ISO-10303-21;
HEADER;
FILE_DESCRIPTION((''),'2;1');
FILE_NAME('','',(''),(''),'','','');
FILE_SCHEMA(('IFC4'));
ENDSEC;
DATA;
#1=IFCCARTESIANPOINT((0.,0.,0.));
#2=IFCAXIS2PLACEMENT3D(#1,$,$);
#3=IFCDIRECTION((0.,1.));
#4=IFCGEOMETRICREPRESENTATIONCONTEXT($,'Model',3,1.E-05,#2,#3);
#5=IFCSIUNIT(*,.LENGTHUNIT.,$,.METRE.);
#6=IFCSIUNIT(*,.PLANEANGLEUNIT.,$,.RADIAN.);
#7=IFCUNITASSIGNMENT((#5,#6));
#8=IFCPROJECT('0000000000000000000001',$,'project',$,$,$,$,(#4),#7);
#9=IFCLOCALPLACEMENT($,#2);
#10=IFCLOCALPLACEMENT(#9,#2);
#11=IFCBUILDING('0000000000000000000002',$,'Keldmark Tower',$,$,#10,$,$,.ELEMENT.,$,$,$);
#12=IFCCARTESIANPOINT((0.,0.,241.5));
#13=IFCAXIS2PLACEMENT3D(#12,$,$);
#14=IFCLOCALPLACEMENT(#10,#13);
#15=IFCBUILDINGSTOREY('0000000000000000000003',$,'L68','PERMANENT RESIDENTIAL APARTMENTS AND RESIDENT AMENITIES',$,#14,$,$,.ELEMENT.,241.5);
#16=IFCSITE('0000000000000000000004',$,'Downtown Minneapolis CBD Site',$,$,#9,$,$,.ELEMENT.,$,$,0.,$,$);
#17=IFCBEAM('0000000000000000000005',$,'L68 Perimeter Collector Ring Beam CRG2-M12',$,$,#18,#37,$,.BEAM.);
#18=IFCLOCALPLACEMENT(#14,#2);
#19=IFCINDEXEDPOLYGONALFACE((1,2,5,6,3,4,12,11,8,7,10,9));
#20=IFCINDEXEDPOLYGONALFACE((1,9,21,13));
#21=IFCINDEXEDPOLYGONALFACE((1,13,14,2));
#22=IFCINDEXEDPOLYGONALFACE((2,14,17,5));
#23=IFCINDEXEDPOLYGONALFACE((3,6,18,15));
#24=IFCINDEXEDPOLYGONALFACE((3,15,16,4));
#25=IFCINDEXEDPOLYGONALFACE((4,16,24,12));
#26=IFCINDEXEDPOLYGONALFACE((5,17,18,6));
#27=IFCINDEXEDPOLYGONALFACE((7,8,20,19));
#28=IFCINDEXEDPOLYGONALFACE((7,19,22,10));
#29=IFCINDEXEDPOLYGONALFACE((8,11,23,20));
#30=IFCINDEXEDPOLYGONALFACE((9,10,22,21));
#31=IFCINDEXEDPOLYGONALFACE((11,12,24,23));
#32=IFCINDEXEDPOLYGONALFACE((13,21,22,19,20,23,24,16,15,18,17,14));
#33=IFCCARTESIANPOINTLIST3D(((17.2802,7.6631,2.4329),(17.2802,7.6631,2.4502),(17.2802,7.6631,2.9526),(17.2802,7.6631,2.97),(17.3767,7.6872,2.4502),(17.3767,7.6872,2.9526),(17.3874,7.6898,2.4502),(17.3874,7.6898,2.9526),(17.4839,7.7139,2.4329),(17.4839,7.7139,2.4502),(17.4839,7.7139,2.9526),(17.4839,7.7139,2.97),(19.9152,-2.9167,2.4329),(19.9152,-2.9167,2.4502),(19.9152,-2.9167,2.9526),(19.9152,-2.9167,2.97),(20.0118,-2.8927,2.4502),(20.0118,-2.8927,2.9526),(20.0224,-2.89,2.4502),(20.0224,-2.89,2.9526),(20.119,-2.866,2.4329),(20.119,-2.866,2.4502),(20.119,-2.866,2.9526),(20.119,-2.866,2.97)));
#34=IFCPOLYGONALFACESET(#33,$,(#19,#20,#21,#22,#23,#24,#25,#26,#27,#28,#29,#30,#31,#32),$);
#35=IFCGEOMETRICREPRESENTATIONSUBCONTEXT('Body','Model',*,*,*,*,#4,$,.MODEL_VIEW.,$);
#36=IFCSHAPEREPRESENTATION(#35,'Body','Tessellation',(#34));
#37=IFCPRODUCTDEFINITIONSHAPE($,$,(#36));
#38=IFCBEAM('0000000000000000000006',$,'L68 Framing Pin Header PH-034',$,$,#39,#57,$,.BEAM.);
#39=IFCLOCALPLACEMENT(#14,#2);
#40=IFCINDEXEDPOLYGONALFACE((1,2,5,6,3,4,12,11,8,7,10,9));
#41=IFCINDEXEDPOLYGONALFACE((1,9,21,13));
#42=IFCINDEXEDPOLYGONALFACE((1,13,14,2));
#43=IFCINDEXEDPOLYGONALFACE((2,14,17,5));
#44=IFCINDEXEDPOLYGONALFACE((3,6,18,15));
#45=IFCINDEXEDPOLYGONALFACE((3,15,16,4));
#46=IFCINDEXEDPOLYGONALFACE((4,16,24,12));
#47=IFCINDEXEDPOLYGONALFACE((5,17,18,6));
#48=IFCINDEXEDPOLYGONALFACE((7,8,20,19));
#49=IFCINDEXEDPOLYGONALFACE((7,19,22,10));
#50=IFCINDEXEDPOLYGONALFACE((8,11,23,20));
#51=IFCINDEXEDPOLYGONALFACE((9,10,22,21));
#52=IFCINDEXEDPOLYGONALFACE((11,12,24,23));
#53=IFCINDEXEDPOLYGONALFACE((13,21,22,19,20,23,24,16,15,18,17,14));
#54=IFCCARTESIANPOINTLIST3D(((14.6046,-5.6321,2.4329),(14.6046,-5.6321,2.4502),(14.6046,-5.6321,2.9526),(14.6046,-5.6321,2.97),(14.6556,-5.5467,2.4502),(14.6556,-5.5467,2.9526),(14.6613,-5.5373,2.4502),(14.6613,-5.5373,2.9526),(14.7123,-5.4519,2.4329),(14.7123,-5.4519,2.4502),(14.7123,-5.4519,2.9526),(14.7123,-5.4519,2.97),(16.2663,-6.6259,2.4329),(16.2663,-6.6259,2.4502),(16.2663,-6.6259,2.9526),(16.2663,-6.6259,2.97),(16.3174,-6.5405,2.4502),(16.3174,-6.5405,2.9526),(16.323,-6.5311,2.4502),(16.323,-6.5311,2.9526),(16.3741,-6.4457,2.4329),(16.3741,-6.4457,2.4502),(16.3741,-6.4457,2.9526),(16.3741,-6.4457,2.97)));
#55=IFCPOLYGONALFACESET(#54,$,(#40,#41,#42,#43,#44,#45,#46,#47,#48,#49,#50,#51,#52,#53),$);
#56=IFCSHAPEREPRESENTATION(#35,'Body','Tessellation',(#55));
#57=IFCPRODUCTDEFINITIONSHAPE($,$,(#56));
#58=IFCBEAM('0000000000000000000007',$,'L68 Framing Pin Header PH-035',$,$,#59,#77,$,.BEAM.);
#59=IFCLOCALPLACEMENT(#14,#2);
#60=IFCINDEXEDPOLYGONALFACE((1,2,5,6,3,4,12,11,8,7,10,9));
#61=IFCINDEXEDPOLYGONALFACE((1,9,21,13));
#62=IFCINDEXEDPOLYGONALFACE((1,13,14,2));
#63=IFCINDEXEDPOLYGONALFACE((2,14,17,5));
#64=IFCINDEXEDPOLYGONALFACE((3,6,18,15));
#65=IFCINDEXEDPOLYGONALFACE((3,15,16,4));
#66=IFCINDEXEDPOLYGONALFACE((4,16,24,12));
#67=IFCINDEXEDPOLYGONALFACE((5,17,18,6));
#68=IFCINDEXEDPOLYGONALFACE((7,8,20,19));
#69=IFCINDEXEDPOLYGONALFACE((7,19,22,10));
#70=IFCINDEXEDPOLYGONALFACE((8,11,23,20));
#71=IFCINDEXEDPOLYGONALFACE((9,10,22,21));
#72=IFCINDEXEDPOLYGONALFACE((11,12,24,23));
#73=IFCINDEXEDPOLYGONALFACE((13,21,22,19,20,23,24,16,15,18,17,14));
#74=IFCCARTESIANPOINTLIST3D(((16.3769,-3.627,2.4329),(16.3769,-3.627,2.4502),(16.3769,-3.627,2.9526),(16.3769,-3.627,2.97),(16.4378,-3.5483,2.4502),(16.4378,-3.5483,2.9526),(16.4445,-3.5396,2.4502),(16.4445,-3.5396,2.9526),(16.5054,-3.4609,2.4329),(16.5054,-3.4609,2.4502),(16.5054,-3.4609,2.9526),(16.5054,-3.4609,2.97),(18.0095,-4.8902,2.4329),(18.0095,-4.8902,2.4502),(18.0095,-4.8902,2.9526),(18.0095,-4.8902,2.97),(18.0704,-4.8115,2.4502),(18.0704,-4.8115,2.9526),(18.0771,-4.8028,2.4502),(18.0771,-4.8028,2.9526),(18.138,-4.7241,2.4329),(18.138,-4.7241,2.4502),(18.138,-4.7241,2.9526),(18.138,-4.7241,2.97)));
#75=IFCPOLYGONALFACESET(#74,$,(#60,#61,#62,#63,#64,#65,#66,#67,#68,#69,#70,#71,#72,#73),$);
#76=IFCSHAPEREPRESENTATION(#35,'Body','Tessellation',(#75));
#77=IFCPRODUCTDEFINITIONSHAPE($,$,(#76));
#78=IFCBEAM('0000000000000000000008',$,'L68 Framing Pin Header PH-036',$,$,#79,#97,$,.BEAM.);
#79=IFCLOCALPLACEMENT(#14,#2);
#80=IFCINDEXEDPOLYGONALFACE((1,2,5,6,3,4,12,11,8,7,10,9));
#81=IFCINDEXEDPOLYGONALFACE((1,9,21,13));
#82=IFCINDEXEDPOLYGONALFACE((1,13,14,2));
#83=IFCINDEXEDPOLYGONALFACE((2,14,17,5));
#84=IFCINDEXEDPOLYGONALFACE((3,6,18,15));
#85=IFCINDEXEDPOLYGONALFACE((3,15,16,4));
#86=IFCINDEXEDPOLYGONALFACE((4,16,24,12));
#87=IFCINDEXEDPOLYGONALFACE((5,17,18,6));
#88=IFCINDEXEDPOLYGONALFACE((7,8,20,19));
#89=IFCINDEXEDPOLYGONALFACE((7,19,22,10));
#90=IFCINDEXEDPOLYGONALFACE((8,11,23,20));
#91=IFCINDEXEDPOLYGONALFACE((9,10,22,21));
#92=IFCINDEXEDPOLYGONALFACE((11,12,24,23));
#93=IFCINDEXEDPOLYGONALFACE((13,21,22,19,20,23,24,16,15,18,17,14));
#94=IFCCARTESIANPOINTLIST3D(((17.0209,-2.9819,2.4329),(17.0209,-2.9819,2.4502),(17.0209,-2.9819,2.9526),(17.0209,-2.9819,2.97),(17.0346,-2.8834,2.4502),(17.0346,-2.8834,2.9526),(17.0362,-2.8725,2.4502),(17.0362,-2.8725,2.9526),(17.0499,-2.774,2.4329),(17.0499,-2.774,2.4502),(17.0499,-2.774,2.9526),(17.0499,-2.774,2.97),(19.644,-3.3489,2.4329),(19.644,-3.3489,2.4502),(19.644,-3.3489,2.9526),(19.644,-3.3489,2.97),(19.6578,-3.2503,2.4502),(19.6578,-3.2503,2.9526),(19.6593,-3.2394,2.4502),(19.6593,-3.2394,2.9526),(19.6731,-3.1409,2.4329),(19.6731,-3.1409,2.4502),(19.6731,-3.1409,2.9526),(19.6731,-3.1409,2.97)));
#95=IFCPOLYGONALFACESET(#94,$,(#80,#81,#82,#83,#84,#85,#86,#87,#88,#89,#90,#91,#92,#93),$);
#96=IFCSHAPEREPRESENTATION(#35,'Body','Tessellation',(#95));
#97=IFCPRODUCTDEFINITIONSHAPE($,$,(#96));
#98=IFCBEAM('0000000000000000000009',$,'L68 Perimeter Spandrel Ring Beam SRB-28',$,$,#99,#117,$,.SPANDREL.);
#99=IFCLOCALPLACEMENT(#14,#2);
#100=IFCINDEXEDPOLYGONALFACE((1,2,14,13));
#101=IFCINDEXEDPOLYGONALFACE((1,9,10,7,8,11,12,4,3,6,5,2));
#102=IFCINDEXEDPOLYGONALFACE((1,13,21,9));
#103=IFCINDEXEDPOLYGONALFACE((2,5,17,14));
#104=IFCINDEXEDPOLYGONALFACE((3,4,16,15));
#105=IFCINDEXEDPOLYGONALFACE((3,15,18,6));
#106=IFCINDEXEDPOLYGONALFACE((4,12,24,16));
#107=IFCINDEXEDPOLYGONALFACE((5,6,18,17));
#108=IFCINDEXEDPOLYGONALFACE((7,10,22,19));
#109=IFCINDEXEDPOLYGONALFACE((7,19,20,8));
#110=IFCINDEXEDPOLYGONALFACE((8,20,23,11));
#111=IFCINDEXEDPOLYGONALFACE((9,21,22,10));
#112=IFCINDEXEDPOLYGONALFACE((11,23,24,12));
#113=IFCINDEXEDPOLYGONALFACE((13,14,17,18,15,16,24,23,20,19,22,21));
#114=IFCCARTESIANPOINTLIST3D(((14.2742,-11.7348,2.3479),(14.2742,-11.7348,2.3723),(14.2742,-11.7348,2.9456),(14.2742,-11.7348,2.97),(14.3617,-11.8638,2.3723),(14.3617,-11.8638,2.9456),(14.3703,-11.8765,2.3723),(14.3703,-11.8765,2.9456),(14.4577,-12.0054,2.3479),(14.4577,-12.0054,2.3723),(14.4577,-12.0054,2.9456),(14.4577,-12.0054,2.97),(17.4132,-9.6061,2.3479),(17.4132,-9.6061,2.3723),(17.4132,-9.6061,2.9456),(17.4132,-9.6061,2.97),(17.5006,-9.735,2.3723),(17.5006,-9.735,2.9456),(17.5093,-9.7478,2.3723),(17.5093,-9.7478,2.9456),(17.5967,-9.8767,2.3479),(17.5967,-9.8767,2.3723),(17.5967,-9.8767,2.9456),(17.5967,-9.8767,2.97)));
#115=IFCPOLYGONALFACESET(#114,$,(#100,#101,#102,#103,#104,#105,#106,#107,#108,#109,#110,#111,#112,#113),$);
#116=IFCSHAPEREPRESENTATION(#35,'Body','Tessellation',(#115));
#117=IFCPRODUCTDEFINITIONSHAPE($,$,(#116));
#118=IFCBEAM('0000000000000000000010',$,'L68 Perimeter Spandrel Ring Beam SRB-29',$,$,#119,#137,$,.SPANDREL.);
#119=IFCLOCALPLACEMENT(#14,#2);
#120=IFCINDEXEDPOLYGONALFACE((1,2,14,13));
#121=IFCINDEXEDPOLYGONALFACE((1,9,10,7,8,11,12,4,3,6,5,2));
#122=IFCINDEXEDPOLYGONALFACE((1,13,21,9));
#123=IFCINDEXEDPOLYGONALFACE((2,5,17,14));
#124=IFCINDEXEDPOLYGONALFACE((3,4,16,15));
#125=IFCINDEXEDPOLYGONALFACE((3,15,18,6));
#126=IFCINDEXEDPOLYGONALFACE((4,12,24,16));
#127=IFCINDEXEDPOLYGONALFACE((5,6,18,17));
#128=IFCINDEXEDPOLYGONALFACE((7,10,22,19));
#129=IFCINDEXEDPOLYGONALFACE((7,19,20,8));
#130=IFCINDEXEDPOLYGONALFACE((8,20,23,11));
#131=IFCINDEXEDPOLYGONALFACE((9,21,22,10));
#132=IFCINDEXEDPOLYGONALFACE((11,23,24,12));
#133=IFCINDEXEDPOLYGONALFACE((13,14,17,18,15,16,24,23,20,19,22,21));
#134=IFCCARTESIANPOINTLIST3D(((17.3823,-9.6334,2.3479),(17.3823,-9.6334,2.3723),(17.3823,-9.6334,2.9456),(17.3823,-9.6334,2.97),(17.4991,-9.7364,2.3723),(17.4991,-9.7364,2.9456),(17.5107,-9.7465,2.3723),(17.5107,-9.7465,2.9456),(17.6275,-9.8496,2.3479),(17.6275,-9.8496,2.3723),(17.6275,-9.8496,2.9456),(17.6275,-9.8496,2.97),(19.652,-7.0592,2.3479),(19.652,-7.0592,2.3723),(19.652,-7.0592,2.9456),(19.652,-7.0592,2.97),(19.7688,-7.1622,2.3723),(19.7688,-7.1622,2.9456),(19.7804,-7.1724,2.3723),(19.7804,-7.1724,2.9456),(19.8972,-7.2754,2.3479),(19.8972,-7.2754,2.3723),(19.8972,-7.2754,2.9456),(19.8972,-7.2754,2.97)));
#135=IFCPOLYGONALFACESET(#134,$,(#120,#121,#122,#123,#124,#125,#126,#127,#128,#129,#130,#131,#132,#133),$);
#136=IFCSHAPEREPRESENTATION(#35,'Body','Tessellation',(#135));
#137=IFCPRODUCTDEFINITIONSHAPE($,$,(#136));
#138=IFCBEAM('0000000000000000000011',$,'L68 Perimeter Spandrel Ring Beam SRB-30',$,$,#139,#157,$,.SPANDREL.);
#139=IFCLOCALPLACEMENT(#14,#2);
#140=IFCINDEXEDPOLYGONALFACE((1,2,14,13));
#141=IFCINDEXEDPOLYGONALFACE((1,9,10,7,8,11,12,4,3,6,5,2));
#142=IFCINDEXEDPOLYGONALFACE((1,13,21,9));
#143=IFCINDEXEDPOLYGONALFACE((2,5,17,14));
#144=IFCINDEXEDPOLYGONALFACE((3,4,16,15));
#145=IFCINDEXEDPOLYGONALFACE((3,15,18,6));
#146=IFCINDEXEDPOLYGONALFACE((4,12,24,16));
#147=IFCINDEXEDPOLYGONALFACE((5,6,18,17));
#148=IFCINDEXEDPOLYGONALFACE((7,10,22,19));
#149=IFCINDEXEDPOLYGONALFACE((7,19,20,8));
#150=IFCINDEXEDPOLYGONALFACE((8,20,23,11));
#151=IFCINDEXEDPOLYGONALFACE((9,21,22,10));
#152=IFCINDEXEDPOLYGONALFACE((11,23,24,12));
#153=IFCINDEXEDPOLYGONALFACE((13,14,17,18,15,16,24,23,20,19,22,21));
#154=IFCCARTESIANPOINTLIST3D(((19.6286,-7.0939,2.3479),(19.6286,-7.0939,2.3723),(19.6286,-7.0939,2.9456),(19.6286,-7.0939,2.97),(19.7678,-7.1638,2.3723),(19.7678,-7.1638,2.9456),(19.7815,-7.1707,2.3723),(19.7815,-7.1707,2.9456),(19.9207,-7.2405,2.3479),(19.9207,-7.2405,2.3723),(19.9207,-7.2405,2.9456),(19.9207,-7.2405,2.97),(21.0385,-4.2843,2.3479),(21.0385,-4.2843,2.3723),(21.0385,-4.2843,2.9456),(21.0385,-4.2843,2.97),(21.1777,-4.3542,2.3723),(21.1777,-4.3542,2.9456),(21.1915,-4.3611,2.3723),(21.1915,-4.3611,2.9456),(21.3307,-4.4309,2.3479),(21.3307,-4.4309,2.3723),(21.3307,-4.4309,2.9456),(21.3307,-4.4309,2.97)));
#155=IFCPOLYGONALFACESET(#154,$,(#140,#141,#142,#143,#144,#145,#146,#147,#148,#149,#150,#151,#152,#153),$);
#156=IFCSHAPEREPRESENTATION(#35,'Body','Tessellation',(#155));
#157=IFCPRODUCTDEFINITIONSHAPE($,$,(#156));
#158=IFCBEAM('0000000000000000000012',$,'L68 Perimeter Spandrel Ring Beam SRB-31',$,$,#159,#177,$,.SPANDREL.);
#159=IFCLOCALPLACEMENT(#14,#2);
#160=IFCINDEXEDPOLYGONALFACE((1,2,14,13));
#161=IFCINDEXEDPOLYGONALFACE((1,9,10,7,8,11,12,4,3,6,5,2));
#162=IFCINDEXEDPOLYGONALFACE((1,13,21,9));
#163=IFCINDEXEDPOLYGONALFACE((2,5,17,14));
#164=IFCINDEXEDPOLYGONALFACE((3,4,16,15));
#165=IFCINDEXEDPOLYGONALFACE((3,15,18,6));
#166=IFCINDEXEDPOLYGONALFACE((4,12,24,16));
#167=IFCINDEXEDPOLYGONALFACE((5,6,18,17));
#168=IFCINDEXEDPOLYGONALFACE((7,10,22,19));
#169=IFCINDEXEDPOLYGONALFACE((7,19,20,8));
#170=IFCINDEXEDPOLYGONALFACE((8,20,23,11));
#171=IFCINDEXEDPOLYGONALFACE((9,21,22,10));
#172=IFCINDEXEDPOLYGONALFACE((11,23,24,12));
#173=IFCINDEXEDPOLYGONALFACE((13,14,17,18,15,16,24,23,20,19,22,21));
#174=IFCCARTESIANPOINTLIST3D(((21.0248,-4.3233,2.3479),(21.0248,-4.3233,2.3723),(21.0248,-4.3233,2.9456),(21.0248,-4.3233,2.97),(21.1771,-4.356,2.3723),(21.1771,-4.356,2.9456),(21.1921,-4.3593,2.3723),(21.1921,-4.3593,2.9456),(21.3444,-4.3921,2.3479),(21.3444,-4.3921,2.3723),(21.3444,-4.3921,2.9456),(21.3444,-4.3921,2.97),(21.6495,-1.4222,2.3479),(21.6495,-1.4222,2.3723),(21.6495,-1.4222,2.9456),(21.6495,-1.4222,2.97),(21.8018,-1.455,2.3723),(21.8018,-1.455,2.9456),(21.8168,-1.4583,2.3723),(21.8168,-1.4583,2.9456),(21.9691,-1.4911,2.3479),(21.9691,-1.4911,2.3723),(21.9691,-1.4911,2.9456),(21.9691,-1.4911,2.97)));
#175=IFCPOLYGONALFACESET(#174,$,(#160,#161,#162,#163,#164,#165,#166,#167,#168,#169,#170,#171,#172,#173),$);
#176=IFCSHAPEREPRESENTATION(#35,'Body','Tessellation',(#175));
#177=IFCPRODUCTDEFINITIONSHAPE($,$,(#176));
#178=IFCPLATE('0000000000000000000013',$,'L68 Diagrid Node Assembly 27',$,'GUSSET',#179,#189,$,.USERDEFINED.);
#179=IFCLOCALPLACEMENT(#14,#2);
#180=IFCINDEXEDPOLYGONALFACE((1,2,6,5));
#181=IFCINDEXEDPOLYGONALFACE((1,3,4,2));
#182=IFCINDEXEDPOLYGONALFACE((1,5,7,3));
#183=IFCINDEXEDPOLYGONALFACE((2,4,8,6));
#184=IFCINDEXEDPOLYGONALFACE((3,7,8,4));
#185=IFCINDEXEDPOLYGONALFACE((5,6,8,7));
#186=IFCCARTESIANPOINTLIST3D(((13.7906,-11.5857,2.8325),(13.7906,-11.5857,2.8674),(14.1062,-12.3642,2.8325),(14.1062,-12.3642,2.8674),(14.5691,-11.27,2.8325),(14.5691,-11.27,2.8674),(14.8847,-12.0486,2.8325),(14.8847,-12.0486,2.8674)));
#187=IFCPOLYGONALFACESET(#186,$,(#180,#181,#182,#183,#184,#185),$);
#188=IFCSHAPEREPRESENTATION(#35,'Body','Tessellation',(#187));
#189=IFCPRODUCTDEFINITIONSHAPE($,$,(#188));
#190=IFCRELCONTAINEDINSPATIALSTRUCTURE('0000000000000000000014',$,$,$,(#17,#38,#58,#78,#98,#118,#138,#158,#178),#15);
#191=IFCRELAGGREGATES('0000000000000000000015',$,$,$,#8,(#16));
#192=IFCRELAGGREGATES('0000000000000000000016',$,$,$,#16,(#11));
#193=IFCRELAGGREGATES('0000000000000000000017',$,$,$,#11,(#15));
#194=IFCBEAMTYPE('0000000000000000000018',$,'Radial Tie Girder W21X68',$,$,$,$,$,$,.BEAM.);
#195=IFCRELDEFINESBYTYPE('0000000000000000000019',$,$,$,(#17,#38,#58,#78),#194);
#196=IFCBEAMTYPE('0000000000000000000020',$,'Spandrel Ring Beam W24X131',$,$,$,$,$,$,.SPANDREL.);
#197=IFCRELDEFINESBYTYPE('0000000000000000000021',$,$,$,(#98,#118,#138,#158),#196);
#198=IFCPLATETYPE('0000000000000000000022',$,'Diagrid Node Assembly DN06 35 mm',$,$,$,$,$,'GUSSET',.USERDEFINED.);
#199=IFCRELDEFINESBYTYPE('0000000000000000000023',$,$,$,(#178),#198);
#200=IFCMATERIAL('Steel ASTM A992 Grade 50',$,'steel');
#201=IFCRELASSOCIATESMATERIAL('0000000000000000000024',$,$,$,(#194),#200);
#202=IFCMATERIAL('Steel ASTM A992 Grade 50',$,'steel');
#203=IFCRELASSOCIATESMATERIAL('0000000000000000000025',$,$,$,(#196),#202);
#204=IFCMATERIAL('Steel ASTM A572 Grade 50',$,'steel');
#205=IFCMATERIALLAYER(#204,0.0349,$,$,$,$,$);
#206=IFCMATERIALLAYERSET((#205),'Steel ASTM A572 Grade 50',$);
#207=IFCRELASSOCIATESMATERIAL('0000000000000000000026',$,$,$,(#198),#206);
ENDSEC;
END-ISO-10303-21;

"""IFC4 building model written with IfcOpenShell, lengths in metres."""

from ifc_helpers import new_model, si_unit, direction, frame, origin, origin_2d, place, context, subcontext, project, spatial, rectangle, i_section, extrude, material, layer, layer_set, material_profile, profile_set, type_object, element, save


model = new_model("IFC4")

# Units and contexts
model_context = context("Model", 3, precision=1e-05, world=origin(), true_north=direction((0.0, 1.0)))
body_context = subcontext(model_context, "Body", "Model", "MODEL_VIEW")
ifc_project = project(units=[si_unit("LENGTHUNIT", "METRE"), si_unit("PLANEANGLEUNIT", "RADIAN")], contexts=[model_context])

# Site, building, storey
site_placement = place(None, origin())
site = spatial("IfcSite", under=ifc_project, at=site_placement, Name="Downtown Minneapolis CBD Site", CompositionType="ELEMENT", RefElevation=0.0)
building_placement = place(site_placement, origin())
building = spatial("IfcBuilding", under=site, at=building_placement, Name="Keldmark Tower", CompositionType="ELEMENT")
storey_placement = place(building_placement, frame((0.0, 0.0, 241.5)))
storey = spatial("IfcBuildingStorey", under=building, at=storey_placement, Name="L68", Description="PERMANENT RESIDENTIAL APARTMENTS AND RESIDENT AMENITIES", CompositionType="ELEMENT", Elevation=241.5)

# Beams
ifc_material_1 = material(Name="Steel ASTM A992 Grade 50", Category="steel")
ifc_material_profile_1 = material_profile(ifc_material_1, i_section(OverallWidth=0.21, OverallDepth=0.5371, WebThickness=0.011, FlangeThickness=0.0173, at=origin_2d()), Name="W21X68")
ifc_profile_set_1 = profile_set([ifc_material_profile_1], Name="Steel ASTM A992 Grade 50")
beam_type_1 = type_object("IfcBeamType", Name="Radial Tie Girder W21X68", PredefinedType="BEAM", material=ifc_profile_set_1)
beam_1_placement = place(storey_placement, frame((20.0171, -2.8914, 2.7014), z_axis=(-0.241677, 0.970357, 0.0), x_axis=(-0.970357, -0.241677, 0.0)))
element("IfcBeam", 1, at=beam_1_placement, inside=storey, type_object=beam_type_1, Name="L68 Perimeter Collector Ring Beam CRG2-M12", PredefinedType="BEAM", context=body_context, shape_type="SweptSolid", body=[
    extrude(i_section(OverallWidth=0.21, OverallDepth=0.5371, WebThickness=0.011, FlangeThickness=0.0173, at=origin_2d()), origin(), (0.0, 0.0, 1.0), 10.9031),
])
beam_2_placement = place(storey_placement, frame((14.6584, -5.542, 2.7014), z_axis=(0.858226, -0.513272, 0.0), x_axis=(0.513272, 0.858226, 0.0)))
element("IfcBeam", 2, at=beam_2_placement, inside=storey, type_object=beam_type_1, Name="L68 Framing Pin Header PH-034", PredefinedType="BEAM", context=body_context, shape_type="SweptSolid", body=[
    extrude(i_section(OverallWidth=0.21, OverallDepth=0.5371, WebThickness=0.011, FlangeThickness=0.0173, at=origin_2d()), origin(), (0.0, 0.0, 1.0), 1.9363),
])
beam_3_placement = place(storey_placement, frame((16.4412, -3.5439, 2.7014), z_axis=(0.790897, -0.611949, 0.0), x_axis=(0.611949, 0.790897, 0.0)))
element("IfcBeam", 3, at=beam_3_placement, inside=storey, type_object=beam_type_1, Name="L68 Framing Pin Header PH-035", PredefinedType="BEAM", context=body_context, shape_type="SweptSolid", body=[
    extrude(i_section(OverallWidth=0.21, OverallDepth=0.5371, WebThickness=0.011, FlangeThickness=0.0173, at=origin_2d()), origin(), (0.0, 0.0, 1.0), 2.0642),
])
beam_4_placement = place(storey_placement, frame((17.0354, -2.8779, 2.7014), z_axis=(0.990356, -0.138543, 0.0), x_axis=(0.138543, 0.990356, 0.0)))
element("IfcBeam", 4, at=beam_4_placement, inside=storey, type_object=beam_type_1, Name="L68 Framing Pin Header PH-036", PredefinedType="BEAM", context=body_context, shape_type="SweptSolid", body=[
    extrude(i_section(OverallWidth=0.21, OverallDepth=0.5371, WebThickness=0.011, FlangeThickness=0.0173, at=origin_2d()), origin(), (0.0, 0.0, 1.0), 2.6487),
])
ifc_material_2 = material(Name="Steel ASTM A992 Grade 50", Category="steel")
ifc_material_profile_2 = material_profile(ifc_material_2, i_section(OverallWidth=0.3269, OverallDepth=0.6221, WebThickness=0.0154, FlangeThickness=0.0244, at=origin_2d()), Name="W24X131")
ifc_profile_set_2 = profile_set([ifc_material_profile_2], Name="Steel ASTM A992 Grade 50")
beam_type_2 = type_object("IfcBeamType", Name="Spandrel Ring Beam W24X131", PredefinedType="SPANDREL", material=ifc_profile_set_2)
beam_5_placement = place(storey_placement, frame((14.366, -11.8701, 2.6589), z_axis=(0.827637, 0.561264, 0.0), x_axis=(-0.561264, 0.827637, 0.0)))
element("IfcBeam", 5, at=beam_5_placement, inside=storey, type_object=beam_type_2, Name="L68 Perimeter Spandrel Ring Beam SRB-28", PredefinedType="SPANDREL", context=body_context, shape_type="SweptSolid", body=[
    extrude(i_section(OverallWidth=0.3269, OverallDepth=0.6221, WebThickness=0.0154, FlangeThickness=0.0244, at=origin_2d()), origin(), (0.0, 0.0, 1.0), 3.7927),
])
beam_6_placement = place(storey_placement, frame((17.5049, -9.7415, 2.6589), z_axis=(0.66136, 0.750068, 0.0), x_axis=(-0.750068, 0.66136, 0.0)))
element("IfcBeam", 6, at=beam_6_placement, inside=storey, type_object=beam_type_2, Name="L68 Perimeter Spandrel Ring Beam SRB-29", PredefinedType="SPANDREL", context=body_context, shape_type="SweptSolid", body=[
    extrude(i_section(OverallWidth=0.3269, OverallDepth=0.6221, WebThickness=0.0154, FlangeThickness=0.0244, at=origin_2d()), origin(), (0.0, 0.0, 1.0), 3.4319),
])
beam_7_placement = place(storey_placement, frame((19.7747, -7.1672, 2.6589), z_axis=(0.448518, 0.893774, 0.0), x_axis=(-0.893774, 0.448518, 0.0)))
element("IfcBeam", 7, at=beam_7_placement, inside=storey, type_object=beam_type_2, Name="L68 Perimeter Spandrel Ring Beam SRB-30", PredefinedType="SPANDREL", context=body_context, shape_type="SweptSolid", body=[
    extrude(i_section(OverallWidth=0.3269, OverallDepth=0.6221, WebThickness=0.0154, FlangeThickness=0.0244, at=origin_2d()), origin(), (0.0, 0.0, 1.0), 3.1436),
])
beam_8_placement = place(storey_placement, frame((21.1846, -4.3577, 2.6589), z_axis=(0.210523, 0.977589, 0.0), x_axis=(-0.977589, 0.210523, 0.0)))
element("IfcBeam", 8, at=beam_8_placement, inside=storey, type_object=beam_type_2, Name="L68 Perimeter Spandrel Ring Beam SRB-31", PredefinedType="SPANDREL", context=body_context, shape_type="SweptSolid", body=[
    extrude(i_section(OverallWidth=0.3269, OverallDepth=0.6221, WebThickness=0.0154, FlangeThickness=0.0244, at=origin_2d()), origin(), (0.0, 0.0, 1.0), 2.9675),
])

# Plate
ifc_material_3 = material(Name="Steel ASTM A572 Grade 50", Category="steel")
ifc_layer_1 = layer(ifc_material_3, 0.0349)
ifc_layer_set_1 = layer_set([ifc_layer_1], Name="Steel ASTM A572 Grade 50")
plate_type = type_object("IfcPlateType", Name="Diagrid Node Assembly DN06 35 mm", ElementType="GUSSET", PredefinedType="USERDEFINED", material=ifc_layer_set_1)
for number, where, z_axis, x_axis, name in (
    (9, (14.3376, -11.8171, 2.8325), (0.0, 0.0, 1.0), (0.926725, 0.375739, 0.0), "L68 Diagrid Node Assembly 27"),
):
    element("IfcPlate", number, at=place(storey_placement, frame(where, z_axis=z_axis, x_axis=x_axis)), inside=storey, type_object=plate_type, Name=name, ObjectType="GUSSET", PredefinedType="USERDEFINED", context=body_context, shape_type="SweptSolid", body=[
        extrude(rectangle(XDim=0.8401, YDim=0.8401, at=origin_2d()), origin(), (0.0, 0.0, 1.0), 0.0349),
    ])

save(model, "model.ifc")
